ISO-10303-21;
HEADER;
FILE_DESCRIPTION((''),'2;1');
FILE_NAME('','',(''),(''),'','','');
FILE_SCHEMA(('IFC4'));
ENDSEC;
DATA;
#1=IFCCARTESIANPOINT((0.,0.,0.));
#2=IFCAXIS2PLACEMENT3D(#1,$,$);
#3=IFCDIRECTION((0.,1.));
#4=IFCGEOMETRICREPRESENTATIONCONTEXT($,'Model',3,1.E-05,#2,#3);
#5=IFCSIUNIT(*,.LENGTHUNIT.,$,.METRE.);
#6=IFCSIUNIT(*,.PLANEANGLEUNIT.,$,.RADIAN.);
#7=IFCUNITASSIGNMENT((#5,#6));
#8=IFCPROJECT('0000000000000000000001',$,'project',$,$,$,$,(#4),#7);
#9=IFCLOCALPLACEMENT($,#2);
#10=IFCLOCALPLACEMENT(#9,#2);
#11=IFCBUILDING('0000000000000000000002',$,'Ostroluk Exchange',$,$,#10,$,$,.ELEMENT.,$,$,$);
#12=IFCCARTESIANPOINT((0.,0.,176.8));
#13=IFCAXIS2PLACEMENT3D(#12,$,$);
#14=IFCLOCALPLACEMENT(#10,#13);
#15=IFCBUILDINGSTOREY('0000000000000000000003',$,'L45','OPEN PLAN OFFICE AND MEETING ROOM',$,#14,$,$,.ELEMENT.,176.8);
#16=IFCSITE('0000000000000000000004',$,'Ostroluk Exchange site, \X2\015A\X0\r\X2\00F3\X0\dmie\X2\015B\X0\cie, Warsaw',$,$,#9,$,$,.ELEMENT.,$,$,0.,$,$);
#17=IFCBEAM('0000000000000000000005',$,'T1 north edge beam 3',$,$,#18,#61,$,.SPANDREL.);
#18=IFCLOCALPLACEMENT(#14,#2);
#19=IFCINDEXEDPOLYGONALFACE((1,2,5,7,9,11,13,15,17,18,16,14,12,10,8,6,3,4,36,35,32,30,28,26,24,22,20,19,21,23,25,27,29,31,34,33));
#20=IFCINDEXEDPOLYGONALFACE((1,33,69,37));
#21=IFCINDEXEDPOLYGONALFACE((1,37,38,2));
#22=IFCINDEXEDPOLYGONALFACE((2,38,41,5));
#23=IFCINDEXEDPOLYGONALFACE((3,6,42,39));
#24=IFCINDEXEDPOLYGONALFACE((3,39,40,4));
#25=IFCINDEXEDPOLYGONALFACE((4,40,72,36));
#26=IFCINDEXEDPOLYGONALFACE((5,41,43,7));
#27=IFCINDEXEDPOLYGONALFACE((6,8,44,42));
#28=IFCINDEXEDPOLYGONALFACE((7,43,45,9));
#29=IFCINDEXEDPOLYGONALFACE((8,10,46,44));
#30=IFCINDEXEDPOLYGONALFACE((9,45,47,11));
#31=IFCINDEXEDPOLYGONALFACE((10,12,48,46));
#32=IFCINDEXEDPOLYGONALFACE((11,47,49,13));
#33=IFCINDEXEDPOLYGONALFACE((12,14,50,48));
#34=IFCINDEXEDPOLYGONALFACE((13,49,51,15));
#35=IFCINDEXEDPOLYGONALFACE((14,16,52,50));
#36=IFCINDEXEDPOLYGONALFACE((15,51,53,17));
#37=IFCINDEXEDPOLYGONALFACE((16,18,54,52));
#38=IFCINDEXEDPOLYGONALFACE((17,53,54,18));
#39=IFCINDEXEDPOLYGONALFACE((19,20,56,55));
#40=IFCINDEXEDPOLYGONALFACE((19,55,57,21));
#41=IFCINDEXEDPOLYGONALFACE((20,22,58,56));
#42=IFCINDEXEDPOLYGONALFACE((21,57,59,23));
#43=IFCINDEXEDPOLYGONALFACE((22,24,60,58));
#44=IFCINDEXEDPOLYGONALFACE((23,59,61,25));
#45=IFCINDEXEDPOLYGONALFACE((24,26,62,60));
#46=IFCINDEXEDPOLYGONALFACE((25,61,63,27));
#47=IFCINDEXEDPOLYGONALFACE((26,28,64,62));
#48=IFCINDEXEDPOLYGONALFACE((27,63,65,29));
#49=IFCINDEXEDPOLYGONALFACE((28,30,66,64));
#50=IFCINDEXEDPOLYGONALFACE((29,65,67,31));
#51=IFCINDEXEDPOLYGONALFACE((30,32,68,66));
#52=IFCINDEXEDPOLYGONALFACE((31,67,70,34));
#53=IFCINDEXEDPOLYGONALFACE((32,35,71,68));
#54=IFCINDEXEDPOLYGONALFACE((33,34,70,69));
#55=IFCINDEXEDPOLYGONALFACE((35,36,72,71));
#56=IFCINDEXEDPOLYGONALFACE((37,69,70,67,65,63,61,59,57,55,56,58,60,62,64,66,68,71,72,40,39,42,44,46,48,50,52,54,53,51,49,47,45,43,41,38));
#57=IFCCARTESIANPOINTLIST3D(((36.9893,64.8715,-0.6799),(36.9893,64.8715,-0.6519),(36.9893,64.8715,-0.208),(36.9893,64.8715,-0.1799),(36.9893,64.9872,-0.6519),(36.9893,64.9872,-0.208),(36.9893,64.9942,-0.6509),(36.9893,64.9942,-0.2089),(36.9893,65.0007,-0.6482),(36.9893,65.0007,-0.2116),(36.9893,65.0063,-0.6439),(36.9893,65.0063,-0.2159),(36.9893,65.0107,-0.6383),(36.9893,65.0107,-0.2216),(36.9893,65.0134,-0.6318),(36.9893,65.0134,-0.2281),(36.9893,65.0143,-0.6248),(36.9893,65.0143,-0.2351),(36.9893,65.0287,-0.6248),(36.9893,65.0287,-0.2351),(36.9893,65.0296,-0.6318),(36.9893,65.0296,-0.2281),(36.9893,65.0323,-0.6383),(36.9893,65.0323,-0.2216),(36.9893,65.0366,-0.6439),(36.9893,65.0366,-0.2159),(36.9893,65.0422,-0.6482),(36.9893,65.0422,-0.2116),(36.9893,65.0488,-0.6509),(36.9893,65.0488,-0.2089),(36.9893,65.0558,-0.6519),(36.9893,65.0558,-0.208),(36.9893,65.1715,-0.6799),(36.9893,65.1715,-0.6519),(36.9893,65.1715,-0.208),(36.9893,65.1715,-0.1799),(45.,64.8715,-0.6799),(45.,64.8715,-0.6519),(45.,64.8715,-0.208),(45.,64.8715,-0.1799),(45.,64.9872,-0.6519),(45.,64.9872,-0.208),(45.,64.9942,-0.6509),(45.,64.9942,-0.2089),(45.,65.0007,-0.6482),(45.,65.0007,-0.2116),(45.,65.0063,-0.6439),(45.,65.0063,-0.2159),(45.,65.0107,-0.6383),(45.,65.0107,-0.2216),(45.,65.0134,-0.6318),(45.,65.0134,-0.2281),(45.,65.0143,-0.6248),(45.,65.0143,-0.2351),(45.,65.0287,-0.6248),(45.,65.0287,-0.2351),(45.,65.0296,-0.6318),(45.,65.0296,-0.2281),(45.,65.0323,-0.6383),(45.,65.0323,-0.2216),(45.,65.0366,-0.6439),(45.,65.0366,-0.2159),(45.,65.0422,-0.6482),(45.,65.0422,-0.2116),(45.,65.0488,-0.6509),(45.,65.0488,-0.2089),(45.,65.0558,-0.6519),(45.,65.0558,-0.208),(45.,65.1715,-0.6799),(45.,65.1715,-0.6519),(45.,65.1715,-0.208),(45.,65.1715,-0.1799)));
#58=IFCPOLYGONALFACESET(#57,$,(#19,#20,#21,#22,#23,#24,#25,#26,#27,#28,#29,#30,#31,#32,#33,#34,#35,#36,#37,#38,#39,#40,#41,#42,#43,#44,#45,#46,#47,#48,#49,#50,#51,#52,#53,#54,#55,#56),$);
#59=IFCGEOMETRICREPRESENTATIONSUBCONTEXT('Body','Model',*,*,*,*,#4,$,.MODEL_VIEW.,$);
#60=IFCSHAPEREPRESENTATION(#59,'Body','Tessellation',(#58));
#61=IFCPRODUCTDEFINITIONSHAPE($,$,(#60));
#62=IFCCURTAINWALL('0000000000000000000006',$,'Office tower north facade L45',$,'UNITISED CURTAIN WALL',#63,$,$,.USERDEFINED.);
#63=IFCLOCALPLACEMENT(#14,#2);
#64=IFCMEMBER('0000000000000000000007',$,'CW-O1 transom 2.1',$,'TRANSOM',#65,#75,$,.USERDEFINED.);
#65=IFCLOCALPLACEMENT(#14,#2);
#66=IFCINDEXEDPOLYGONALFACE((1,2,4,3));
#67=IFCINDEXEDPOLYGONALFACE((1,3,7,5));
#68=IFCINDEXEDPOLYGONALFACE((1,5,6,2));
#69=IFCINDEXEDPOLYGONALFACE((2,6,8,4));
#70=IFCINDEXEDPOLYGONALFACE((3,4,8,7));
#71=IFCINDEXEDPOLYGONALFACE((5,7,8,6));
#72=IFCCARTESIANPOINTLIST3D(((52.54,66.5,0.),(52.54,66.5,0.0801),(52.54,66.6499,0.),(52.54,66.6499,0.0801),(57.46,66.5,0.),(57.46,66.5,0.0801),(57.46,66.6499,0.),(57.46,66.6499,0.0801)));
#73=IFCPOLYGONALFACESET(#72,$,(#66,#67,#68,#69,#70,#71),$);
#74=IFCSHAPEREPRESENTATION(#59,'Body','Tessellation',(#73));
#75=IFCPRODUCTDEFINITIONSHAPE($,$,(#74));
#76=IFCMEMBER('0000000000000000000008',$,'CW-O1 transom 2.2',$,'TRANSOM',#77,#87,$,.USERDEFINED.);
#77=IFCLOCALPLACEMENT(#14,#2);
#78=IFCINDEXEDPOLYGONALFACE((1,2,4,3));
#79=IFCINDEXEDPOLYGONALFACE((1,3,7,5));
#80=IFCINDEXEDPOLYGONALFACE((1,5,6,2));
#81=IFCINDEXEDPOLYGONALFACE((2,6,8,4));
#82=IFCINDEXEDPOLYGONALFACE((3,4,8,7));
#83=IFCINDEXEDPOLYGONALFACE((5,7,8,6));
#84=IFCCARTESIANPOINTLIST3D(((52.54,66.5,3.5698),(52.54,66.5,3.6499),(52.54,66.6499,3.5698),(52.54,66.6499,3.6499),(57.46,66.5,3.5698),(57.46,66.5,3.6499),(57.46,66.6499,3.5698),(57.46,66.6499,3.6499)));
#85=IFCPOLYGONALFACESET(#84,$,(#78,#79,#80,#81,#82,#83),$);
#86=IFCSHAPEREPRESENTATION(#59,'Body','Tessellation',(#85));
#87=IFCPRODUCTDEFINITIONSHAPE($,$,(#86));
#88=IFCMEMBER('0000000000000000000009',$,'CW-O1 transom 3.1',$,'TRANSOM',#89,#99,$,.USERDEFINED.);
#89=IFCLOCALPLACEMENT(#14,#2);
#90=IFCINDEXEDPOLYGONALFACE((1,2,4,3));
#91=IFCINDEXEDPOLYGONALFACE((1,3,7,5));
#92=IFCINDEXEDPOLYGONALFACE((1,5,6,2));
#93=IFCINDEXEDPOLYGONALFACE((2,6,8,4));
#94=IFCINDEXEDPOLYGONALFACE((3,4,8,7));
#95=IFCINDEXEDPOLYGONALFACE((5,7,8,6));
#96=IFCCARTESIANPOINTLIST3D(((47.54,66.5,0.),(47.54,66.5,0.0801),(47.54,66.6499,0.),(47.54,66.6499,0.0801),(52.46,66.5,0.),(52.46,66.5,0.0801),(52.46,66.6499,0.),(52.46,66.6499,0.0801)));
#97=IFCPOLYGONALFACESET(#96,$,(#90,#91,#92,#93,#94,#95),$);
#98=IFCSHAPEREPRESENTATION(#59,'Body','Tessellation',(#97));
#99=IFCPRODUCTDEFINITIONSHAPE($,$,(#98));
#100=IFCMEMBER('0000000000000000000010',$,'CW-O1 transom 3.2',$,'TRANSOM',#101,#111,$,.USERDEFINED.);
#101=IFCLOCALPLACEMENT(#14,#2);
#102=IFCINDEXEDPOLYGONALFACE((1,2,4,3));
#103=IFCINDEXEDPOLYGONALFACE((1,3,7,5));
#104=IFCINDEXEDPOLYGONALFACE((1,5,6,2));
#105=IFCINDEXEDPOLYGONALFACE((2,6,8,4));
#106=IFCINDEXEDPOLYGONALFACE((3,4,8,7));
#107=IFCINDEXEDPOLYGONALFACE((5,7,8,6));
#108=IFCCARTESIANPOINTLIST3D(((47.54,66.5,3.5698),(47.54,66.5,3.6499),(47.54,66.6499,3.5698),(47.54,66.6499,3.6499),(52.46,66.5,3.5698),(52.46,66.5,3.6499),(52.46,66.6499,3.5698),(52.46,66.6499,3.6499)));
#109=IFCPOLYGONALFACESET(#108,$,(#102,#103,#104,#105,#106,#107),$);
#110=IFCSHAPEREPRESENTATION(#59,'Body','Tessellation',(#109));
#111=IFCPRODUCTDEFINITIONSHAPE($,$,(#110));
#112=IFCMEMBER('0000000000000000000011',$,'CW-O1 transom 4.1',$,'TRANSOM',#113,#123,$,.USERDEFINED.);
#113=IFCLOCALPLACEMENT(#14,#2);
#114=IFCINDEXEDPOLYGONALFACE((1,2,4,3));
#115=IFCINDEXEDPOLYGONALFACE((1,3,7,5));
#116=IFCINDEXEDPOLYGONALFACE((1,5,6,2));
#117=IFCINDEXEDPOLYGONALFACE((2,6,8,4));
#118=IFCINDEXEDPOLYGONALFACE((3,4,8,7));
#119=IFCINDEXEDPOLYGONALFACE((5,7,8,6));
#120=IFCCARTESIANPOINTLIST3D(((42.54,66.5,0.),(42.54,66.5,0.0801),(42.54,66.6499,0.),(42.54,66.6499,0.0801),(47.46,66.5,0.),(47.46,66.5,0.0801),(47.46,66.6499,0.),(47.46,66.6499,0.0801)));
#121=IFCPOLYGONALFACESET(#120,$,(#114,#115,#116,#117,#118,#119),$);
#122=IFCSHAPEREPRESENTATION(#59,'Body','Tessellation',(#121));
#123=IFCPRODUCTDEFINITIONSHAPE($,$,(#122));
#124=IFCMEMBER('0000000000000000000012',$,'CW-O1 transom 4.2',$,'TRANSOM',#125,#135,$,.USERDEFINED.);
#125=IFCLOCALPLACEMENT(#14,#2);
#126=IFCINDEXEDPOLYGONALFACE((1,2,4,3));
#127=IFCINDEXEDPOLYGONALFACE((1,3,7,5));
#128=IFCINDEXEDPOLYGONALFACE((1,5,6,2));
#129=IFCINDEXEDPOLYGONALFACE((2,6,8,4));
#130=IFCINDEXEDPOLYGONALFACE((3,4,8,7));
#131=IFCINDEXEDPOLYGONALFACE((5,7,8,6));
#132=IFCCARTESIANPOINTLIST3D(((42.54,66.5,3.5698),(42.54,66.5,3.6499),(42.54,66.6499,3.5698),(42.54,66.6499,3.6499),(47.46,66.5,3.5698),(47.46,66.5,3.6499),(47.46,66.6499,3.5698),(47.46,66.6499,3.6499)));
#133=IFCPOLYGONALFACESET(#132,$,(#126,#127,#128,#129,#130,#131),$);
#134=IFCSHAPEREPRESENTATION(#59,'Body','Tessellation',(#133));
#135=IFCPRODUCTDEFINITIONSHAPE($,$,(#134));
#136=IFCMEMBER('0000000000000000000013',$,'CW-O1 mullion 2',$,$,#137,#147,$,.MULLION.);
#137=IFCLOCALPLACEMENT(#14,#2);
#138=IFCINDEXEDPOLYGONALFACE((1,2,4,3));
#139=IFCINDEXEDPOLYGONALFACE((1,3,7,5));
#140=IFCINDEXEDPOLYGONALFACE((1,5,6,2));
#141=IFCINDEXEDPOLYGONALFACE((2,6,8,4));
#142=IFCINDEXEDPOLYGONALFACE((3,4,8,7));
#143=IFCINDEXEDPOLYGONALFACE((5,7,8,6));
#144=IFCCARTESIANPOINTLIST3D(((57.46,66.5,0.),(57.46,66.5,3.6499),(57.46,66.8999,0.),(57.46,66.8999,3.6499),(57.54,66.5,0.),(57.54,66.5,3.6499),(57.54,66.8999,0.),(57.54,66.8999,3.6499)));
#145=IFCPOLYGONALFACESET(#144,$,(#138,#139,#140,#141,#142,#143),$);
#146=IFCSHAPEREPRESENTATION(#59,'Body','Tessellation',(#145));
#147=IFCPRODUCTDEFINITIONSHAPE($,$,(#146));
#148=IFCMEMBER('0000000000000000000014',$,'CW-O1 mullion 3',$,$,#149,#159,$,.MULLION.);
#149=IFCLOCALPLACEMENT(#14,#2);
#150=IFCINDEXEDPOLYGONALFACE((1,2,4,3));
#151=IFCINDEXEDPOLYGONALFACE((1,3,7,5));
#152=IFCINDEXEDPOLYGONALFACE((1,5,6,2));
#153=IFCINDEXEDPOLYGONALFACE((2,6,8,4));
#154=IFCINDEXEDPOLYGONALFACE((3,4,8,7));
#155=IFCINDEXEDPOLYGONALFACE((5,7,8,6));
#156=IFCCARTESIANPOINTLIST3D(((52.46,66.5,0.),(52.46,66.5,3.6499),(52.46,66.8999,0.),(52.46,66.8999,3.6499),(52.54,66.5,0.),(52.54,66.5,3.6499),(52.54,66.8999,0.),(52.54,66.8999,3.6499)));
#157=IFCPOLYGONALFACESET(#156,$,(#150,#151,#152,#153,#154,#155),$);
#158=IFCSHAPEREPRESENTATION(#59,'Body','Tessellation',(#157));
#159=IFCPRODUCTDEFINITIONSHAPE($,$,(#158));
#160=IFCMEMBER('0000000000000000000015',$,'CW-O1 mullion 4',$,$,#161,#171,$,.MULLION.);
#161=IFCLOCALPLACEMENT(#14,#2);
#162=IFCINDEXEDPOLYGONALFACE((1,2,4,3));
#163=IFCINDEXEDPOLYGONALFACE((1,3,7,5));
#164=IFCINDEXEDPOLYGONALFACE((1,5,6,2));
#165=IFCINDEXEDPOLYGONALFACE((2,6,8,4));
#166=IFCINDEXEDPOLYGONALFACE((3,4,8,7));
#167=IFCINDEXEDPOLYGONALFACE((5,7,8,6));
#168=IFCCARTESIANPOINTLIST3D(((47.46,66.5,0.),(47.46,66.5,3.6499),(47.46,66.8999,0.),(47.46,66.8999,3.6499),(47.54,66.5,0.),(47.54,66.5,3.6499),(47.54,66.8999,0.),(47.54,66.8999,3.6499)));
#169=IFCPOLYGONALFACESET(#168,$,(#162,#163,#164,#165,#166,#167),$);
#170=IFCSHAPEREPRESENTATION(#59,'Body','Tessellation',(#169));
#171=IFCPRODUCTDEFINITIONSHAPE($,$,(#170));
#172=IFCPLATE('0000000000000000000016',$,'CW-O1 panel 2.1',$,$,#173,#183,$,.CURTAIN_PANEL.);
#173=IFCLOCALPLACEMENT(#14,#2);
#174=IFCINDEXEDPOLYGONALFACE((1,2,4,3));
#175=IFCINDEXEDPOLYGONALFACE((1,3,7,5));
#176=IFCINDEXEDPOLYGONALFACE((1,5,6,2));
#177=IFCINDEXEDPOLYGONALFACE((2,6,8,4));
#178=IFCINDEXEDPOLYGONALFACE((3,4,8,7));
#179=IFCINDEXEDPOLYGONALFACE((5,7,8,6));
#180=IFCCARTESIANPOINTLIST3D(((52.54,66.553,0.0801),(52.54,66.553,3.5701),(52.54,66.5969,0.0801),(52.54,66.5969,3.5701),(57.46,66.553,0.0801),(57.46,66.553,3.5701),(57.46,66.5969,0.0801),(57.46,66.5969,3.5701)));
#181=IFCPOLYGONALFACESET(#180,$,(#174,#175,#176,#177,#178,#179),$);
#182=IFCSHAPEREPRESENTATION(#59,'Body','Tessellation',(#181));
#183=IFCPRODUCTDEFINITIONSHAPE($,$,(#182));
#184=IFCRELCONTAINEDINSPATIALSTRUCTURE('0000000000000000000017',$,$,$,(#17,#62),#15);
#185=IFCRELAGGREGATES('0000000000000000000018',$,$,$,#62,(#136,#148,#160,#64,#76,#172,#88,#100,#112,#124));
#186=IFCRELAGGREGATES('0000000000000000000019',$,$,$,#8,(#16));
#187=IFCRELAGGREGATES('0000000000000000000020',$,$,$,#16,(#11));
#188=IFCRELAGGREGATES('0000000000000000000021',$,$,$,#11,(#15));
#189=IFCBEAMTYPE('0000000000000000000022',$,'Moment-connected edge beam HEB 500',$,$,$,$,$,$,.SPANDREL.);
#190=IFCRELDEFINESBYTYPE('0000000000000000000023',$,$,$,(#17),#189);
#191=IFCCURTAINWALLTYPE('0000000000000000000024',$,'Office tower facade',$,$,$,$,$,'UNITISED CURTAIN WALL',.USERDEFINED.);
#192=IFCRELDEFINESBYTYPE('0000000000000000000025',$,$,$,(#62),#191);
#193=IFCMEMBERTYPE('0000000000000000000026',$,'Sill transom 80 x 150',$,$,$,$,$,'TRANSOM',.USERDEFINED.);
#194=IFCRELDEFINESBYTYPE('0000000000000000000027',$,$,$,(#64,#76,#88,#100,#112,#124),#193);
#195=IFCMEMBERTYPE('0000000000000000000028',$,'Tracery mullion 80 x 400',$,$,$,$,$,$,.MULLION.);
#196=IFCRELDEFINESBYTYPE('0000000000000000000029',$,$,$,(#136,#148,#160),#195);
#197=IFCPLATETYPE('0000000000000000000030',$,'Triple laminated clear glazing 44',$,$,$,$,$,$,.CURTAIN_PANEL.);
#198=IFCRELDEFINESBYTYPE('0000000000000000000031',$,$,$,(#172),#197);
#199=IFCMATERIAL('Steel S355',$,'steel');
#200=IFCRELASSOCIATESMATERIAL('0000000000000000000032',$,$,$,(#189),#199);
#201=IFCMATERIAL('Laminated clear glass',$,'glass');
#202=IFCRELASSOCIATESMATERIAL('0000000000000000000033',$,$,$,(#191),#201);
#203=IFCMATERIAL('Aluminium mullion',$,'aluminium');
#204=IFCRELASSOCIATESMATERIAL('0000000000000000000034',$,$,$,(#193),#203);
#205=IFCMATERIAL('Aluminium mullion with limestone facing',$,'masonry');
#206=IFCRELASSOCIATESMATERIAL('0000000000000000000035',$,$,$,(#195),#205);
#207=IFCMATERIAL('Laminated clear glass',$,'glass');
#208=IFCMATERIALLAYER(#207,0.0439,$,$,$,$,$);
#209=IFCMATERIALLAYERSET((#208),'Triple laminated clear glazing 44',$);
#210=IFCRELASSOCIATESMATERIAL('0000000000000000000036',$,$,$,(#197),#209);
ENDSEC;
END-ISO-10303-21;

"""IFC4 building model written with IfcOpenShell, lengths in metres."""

from ifc_helpers import new_model, si_unit, direction, frame, origin, origin_2d, place, context, subcontext, project, spatial, rectangle, i_section, extrude, material, layer, layer_set, material_profile, profile_set, type_object, element, aggregate, save


model = new_model("IFC4")

# Units and contexts
model_context = context("Model", 3, precision=1e-05, world=origin(), true_north=direction((0.0, 1.0)))
body_context = subcontext(model_context, "Body", "Model", "MODEL_VIEW")
ifc_project = project(units=[si_unit("LENGTHUNIT", "METRE"), si_unit("PLANEANGLEUNIT", "RADIAN")], contexts=[model_context])

# Site, building, storey
site_placement = place(None, origin())
site = spatial("IfcSite", under=ifc_project, at=site_placement, Name="Ostroluk Exchange site, Śródmieście, Warsaw", CompositionType="ELEMENT", RefElevation=0.0)
building_placement = place(site_placement, origin())
building = spatial("IfcBuilding", under=site, at=building_placement, Name="Ostroluk Exchange", CompositionType="ELEMENT")
storey_placement = place(building_placement, frame((0.0, 0.0, 176.8)))
storey = spatial("IfcBuildingStorey", under=building, at=storey_placement, Name="L45", Description="OPEN PLAN OFFICE AND MEETING ROOM", CompositionType="ELEMENT", Elevation=176.8)

# Beam
ifc_material_1 = material(Name="Steel S355", Category="steel")
ifc_material_profile_1 = material_profile(ifc_material_1, i_section(OverallWidth=0.3, OverallDepth=0.5, WebThickness=0.0144, FlangeThickness=0.0281, FilletRadius=0.0271, at=origin_2d()), Name="HEB 500")
ifc_profile_set_1 = profile_set([ifc_material_profile_1], Name="Steel S355")
beam_type_1 = type_object("IfcBeamType", Name="Moment-connected edge beam HEB 500", PredefinedType="SPANDREL", material=ifc_profile_set_1)
for number, where, z_axis, x_axis, name in (
    (1, (45.0, 65.0215, -0.4299), (-1.0, 0.0, 0.0), (0.0, -1.0, 0.0), "T1 north edge beam 3"),
):
    element("IfcBeam", number, at=place(storey_placement, frame(where, z_axis=z_axis, x_axis=x_axis)), inside=storey, type_object=beam_type_1, Name=name, PredefinedType="SPANDREL", context=body_context, shape_type="SweptSolid", body=[
        extrude(i_section(OverallWidth=0.3, OverallDepth=0.5, WebThickness=0.0144, FlangeThickness=0.0281, FilletRadius=0.0271, at=origin_2d()), origin(), (0.0, 0.0, 1.0), 8.0107),
    ])

# Curtain wall, members, plate
ifc_material_2 = material(Name="Laminated clear glass", Category="glass")
curtain_wall_type = type_object("IfcCurtainWallType", Name="Office tower facade", ElementType="UNITISED CURTAIN WALL", PredefinedType="USERDEFINED", material=ifc_material_2)
curtain_wall_placement = place(storey_placement, origin())
curtain_wall = element("IfcCurtainWall", 2, at=curtain_wall_placement, inside=storey, type_object=curtain_wall_type, Name="Office tower north facade L45", ObjectType="UNITISED CURTAIN WALL", PredefinedType="USERDEFINED")
ifc_material_3 = material(Name="Aluminium mullion", Category="aluminium")
ifc_material_profile_2 = material_profile(ifc_material_3, rectangle(XDim=0.1499, YDim=0.0801, at=origin_2d()), Name="Sill transom 80 x 150")
ifc_profile_set_2 = profile_set([ifc_material_profile_2], Name="Aluminium mullion")
member_type_1 = type_object("IfcMemberType", Name="Sill transom 80 x 150", ElementType="TRANSOM", PredefinedType="USERDEFINED", material=ifc_profile_set_2)
member_1_placement = place(storey_placement, frame((57.46, 66.575, 0.04), z_axis=(-1.0, 0.0, 0.0), x_axis=(0.0, -1.0, 0.0)))
member_1 = element("IfcMember", 3, at=member_1_placement, type_object=member_type_1, Name="CW-O1 transom 2.1", ObjectType="TRANSOM", PredefinedType="USERDEFINED", context=body_context, shape_type="SweptSolid", body=[
    extrude(rectangle(XDim=0.1499, YDim=0.0801, at=origin_2d()), origin(), (0.0, 0.0, 1.0), 4.9199),
])
member_2_placement = place(storey_placement, frame((57.46, 66.575, 3.6099), z_axis=(-1.0, 0.0, 0.0), x_axis=(0.0, -1.0, 0.0)))
member_2 = element("IfcMember", 4, at=member_2_placement, type_object=member_type_1, Name="CW-O1 transom 2.2", ObjectType="TRANSOM", PredefinedType="USERDEFINED", context=body_context, shape_type="SweptSolid", body=[
    extrude(rectangle(XDim=0.1499, YDim=0.0801, at=origin_2d()), origin(), (0.0, 0.0, 1.0), 4.9199),
])
member_3_placement = place(storey_placement, frame((52.46, 66.575, 0.04), z_axis=(-1.0, 0.0, 0.0), x_axis=(0.0, -1.0, 0.0)))
member_3 = element("IfcMember", 5, at=member_3_placement, type_object=member_type_1, Name="CW-O1 transom 3.1", ObjectType="TRANSOM", PredefinedType="USERDEFINED", context=body_context, shape_type="SweptSolid", body=[
    extrude(rectangle(XDim=0.1499, YDim=0.0801, at=origin_2d()), origin(), (0.0, 0.0, 1.0), 4.9199),
])
member_4_placement = place(storey_placement, frame((52.46, 66.575, 3.6099), z_axis=(-1.0, 0.0, 0.0), x_axis=(0.0, -1.0, 0.0)))
member_4 = element("IfcMember", 6, at=member_4_placement, type_object=member_type_1, Name="CW-O1 transom 3.2", ObjectType="TRANSOM", PredefinedType="USERDEFINED", context=body_context, shape_type="SweptSolid", body=[
    extrude(rectangle(XDim=0.1499, YDim=0.0801, at=origin_2d()), origin(), (0.0, 0.0, 1.0), 4.9199),
])
member_5_placement = place(storey_placement, frame((47.46, 66.575, 0.04), z_axis=(-1.0, 0.0, 0.0), x_axis=(0.0, -1.0, 0.0)))
member_5 = element("IfcMember", 7, at=member_5_placement, type_object=member_type_1, Name="CW-O1 transom 4.1", ObjectType="TRANSOM", PredefinedType="USERDEFINED", context=body_context, shape_type="SweptSolid", body=[
    extrude(rectangle(XDim=0.1499, YDim=0.0801, at=origin_2d()), origin(), (0.0, 0.0, 1.0), 4.9199),
])
member_6_placement = place(storey_placement, frame((47.46, 66.575, 3.6099), z_axis=(-1.0, 0.0, 0.0), x_axis=(0.0, -1.0, 0.0)))
member_6 = element("IfcMember", 8, at=member_6_placement, type_object=member_type_1, Name="CW-O1 transom 4.2", ObjectType="TRANSOM", PredefinedType="USERDEFINED", context=body_context, shape_type="SweptSolid", body=[
    extrude(rectangle(XDim=0.1499, YDim=0.0801, at=origin_2d()), origin(), (0.0, 0.0, 1.0), 4.9199),
])
ifc_material_4 = material(Name="Aluminium mullion with limestone facing", Category="masonry")
ifc_material_profile_3 = material_profile(ifc_material_4, rectangle(XDim=0.3999, YDim=0.0801, at=origin_2d()), Name="Tracery mullion 80 x 400")
ifc_profile_set_3 = profile_set([ifc_material_profile_3], Name="Aluminium mullion with limestone facing")
member_type_2 = type_object("IfcMemberType", Name="Tracery mullion 80 x 400", PredefinedType="MULLION", material=ifc_profile_set_3)
member_7_placement = place(storey_placement, frame((57.5, 66.7, 0.0), z_axis=(0.0, 0.0, 1.0), x_axis=(0.0, -1.0, 0.0)))
member_7 = element("IfcMember", 9, at=member_7_placement, type_object=member_type_2, Name="CW-O1 mullion 2", PredefinedType="MULLION", context=body_context, shape_type="SweptSolid", body=[
    extrude(rectangle(XDim=0.3999, YDim=0.0801, at=origin_2d()), origin(), (0.0, 0.0, 1.0), 3.6499),
])
member_8_placement = place(storey_placement, frame((52.5, 66.7, 0.0), z_axis=(0.0, 0.0, 1.0), x_axis=(0.0, -1.0, 0.0)))
member_8 = element("IfcMember", 10, at=member_8_placement, type_object=member_type_2, Name="CW-O1 mullion 3", PredefinedType="MULLION", context=body_context, shape_type="SweptSolid", body=[
    extrude(rectangle(XDim=0.3999, YDim=0.0801, at=origin_2d()), origin(), (0.0, 0.0, 1.0), 3.6499),
])
member_9_placement = place(storey_placement, frame((47.5, 66.7, 0.0), z_axis=(0.0, 0.0, 1.0), x_axis=(0.0, -1.0, 0.0)))
member_9 = element("IfcMember", 11, at=member_9_placement, type_object=member_type_2, Name="CW-O1 mullion 4", PredefinedType="MULLION", context=body_context, shape_type="SweptSolid", body=[
    extrude(rectangle(XDim=0.3999, YDim=0.0801, at=origin_2d()), origin(), (0.0, 0.0, 1.0), 3.6499),
])
ifc_material_5 = material(Name="Laminated clear glass", Category="glass")
ifc_layer_1 = layer(ifc_material_5, 0.0439)
ifc_layer_set_1 = layer_set([ifc_layer_1], Name="Triple laminated clear glazing 44")
plate_type = type_object("IfcPlateType", Name="Triple laminated clear glazing 44", PredefinedType="CURTAIN_PANEL", material=ifc_layer_set_1)
plate_1_placement = place(storey_placement, frame((55.0, 66.575, 0.0801), z_axis=(0.0, 0.0, 1.0), x_axis=(-1.0, 0.0, 0.0)))
plate_1 = element("IfcPlate", 12, at=plate_1_placement, type_object=plate_type, Name="CW-O1 panel 2.1", PredefinedType="CURTAIN_PANEL", context=body_context, shape_type="SweptSolid", body=[
    extrude(rectangle(XDim=4.9199, YDim=0.0439, at=origin_2d()), origin(), (0.0, 0.0, 1.0), 3.49),
])
aggregate(curtain_wall, [member_7, member_8, member_9, member_1, member_2, plate_1, member_3, member_4, member_5, member_6])

save(model, "model.ifc")
